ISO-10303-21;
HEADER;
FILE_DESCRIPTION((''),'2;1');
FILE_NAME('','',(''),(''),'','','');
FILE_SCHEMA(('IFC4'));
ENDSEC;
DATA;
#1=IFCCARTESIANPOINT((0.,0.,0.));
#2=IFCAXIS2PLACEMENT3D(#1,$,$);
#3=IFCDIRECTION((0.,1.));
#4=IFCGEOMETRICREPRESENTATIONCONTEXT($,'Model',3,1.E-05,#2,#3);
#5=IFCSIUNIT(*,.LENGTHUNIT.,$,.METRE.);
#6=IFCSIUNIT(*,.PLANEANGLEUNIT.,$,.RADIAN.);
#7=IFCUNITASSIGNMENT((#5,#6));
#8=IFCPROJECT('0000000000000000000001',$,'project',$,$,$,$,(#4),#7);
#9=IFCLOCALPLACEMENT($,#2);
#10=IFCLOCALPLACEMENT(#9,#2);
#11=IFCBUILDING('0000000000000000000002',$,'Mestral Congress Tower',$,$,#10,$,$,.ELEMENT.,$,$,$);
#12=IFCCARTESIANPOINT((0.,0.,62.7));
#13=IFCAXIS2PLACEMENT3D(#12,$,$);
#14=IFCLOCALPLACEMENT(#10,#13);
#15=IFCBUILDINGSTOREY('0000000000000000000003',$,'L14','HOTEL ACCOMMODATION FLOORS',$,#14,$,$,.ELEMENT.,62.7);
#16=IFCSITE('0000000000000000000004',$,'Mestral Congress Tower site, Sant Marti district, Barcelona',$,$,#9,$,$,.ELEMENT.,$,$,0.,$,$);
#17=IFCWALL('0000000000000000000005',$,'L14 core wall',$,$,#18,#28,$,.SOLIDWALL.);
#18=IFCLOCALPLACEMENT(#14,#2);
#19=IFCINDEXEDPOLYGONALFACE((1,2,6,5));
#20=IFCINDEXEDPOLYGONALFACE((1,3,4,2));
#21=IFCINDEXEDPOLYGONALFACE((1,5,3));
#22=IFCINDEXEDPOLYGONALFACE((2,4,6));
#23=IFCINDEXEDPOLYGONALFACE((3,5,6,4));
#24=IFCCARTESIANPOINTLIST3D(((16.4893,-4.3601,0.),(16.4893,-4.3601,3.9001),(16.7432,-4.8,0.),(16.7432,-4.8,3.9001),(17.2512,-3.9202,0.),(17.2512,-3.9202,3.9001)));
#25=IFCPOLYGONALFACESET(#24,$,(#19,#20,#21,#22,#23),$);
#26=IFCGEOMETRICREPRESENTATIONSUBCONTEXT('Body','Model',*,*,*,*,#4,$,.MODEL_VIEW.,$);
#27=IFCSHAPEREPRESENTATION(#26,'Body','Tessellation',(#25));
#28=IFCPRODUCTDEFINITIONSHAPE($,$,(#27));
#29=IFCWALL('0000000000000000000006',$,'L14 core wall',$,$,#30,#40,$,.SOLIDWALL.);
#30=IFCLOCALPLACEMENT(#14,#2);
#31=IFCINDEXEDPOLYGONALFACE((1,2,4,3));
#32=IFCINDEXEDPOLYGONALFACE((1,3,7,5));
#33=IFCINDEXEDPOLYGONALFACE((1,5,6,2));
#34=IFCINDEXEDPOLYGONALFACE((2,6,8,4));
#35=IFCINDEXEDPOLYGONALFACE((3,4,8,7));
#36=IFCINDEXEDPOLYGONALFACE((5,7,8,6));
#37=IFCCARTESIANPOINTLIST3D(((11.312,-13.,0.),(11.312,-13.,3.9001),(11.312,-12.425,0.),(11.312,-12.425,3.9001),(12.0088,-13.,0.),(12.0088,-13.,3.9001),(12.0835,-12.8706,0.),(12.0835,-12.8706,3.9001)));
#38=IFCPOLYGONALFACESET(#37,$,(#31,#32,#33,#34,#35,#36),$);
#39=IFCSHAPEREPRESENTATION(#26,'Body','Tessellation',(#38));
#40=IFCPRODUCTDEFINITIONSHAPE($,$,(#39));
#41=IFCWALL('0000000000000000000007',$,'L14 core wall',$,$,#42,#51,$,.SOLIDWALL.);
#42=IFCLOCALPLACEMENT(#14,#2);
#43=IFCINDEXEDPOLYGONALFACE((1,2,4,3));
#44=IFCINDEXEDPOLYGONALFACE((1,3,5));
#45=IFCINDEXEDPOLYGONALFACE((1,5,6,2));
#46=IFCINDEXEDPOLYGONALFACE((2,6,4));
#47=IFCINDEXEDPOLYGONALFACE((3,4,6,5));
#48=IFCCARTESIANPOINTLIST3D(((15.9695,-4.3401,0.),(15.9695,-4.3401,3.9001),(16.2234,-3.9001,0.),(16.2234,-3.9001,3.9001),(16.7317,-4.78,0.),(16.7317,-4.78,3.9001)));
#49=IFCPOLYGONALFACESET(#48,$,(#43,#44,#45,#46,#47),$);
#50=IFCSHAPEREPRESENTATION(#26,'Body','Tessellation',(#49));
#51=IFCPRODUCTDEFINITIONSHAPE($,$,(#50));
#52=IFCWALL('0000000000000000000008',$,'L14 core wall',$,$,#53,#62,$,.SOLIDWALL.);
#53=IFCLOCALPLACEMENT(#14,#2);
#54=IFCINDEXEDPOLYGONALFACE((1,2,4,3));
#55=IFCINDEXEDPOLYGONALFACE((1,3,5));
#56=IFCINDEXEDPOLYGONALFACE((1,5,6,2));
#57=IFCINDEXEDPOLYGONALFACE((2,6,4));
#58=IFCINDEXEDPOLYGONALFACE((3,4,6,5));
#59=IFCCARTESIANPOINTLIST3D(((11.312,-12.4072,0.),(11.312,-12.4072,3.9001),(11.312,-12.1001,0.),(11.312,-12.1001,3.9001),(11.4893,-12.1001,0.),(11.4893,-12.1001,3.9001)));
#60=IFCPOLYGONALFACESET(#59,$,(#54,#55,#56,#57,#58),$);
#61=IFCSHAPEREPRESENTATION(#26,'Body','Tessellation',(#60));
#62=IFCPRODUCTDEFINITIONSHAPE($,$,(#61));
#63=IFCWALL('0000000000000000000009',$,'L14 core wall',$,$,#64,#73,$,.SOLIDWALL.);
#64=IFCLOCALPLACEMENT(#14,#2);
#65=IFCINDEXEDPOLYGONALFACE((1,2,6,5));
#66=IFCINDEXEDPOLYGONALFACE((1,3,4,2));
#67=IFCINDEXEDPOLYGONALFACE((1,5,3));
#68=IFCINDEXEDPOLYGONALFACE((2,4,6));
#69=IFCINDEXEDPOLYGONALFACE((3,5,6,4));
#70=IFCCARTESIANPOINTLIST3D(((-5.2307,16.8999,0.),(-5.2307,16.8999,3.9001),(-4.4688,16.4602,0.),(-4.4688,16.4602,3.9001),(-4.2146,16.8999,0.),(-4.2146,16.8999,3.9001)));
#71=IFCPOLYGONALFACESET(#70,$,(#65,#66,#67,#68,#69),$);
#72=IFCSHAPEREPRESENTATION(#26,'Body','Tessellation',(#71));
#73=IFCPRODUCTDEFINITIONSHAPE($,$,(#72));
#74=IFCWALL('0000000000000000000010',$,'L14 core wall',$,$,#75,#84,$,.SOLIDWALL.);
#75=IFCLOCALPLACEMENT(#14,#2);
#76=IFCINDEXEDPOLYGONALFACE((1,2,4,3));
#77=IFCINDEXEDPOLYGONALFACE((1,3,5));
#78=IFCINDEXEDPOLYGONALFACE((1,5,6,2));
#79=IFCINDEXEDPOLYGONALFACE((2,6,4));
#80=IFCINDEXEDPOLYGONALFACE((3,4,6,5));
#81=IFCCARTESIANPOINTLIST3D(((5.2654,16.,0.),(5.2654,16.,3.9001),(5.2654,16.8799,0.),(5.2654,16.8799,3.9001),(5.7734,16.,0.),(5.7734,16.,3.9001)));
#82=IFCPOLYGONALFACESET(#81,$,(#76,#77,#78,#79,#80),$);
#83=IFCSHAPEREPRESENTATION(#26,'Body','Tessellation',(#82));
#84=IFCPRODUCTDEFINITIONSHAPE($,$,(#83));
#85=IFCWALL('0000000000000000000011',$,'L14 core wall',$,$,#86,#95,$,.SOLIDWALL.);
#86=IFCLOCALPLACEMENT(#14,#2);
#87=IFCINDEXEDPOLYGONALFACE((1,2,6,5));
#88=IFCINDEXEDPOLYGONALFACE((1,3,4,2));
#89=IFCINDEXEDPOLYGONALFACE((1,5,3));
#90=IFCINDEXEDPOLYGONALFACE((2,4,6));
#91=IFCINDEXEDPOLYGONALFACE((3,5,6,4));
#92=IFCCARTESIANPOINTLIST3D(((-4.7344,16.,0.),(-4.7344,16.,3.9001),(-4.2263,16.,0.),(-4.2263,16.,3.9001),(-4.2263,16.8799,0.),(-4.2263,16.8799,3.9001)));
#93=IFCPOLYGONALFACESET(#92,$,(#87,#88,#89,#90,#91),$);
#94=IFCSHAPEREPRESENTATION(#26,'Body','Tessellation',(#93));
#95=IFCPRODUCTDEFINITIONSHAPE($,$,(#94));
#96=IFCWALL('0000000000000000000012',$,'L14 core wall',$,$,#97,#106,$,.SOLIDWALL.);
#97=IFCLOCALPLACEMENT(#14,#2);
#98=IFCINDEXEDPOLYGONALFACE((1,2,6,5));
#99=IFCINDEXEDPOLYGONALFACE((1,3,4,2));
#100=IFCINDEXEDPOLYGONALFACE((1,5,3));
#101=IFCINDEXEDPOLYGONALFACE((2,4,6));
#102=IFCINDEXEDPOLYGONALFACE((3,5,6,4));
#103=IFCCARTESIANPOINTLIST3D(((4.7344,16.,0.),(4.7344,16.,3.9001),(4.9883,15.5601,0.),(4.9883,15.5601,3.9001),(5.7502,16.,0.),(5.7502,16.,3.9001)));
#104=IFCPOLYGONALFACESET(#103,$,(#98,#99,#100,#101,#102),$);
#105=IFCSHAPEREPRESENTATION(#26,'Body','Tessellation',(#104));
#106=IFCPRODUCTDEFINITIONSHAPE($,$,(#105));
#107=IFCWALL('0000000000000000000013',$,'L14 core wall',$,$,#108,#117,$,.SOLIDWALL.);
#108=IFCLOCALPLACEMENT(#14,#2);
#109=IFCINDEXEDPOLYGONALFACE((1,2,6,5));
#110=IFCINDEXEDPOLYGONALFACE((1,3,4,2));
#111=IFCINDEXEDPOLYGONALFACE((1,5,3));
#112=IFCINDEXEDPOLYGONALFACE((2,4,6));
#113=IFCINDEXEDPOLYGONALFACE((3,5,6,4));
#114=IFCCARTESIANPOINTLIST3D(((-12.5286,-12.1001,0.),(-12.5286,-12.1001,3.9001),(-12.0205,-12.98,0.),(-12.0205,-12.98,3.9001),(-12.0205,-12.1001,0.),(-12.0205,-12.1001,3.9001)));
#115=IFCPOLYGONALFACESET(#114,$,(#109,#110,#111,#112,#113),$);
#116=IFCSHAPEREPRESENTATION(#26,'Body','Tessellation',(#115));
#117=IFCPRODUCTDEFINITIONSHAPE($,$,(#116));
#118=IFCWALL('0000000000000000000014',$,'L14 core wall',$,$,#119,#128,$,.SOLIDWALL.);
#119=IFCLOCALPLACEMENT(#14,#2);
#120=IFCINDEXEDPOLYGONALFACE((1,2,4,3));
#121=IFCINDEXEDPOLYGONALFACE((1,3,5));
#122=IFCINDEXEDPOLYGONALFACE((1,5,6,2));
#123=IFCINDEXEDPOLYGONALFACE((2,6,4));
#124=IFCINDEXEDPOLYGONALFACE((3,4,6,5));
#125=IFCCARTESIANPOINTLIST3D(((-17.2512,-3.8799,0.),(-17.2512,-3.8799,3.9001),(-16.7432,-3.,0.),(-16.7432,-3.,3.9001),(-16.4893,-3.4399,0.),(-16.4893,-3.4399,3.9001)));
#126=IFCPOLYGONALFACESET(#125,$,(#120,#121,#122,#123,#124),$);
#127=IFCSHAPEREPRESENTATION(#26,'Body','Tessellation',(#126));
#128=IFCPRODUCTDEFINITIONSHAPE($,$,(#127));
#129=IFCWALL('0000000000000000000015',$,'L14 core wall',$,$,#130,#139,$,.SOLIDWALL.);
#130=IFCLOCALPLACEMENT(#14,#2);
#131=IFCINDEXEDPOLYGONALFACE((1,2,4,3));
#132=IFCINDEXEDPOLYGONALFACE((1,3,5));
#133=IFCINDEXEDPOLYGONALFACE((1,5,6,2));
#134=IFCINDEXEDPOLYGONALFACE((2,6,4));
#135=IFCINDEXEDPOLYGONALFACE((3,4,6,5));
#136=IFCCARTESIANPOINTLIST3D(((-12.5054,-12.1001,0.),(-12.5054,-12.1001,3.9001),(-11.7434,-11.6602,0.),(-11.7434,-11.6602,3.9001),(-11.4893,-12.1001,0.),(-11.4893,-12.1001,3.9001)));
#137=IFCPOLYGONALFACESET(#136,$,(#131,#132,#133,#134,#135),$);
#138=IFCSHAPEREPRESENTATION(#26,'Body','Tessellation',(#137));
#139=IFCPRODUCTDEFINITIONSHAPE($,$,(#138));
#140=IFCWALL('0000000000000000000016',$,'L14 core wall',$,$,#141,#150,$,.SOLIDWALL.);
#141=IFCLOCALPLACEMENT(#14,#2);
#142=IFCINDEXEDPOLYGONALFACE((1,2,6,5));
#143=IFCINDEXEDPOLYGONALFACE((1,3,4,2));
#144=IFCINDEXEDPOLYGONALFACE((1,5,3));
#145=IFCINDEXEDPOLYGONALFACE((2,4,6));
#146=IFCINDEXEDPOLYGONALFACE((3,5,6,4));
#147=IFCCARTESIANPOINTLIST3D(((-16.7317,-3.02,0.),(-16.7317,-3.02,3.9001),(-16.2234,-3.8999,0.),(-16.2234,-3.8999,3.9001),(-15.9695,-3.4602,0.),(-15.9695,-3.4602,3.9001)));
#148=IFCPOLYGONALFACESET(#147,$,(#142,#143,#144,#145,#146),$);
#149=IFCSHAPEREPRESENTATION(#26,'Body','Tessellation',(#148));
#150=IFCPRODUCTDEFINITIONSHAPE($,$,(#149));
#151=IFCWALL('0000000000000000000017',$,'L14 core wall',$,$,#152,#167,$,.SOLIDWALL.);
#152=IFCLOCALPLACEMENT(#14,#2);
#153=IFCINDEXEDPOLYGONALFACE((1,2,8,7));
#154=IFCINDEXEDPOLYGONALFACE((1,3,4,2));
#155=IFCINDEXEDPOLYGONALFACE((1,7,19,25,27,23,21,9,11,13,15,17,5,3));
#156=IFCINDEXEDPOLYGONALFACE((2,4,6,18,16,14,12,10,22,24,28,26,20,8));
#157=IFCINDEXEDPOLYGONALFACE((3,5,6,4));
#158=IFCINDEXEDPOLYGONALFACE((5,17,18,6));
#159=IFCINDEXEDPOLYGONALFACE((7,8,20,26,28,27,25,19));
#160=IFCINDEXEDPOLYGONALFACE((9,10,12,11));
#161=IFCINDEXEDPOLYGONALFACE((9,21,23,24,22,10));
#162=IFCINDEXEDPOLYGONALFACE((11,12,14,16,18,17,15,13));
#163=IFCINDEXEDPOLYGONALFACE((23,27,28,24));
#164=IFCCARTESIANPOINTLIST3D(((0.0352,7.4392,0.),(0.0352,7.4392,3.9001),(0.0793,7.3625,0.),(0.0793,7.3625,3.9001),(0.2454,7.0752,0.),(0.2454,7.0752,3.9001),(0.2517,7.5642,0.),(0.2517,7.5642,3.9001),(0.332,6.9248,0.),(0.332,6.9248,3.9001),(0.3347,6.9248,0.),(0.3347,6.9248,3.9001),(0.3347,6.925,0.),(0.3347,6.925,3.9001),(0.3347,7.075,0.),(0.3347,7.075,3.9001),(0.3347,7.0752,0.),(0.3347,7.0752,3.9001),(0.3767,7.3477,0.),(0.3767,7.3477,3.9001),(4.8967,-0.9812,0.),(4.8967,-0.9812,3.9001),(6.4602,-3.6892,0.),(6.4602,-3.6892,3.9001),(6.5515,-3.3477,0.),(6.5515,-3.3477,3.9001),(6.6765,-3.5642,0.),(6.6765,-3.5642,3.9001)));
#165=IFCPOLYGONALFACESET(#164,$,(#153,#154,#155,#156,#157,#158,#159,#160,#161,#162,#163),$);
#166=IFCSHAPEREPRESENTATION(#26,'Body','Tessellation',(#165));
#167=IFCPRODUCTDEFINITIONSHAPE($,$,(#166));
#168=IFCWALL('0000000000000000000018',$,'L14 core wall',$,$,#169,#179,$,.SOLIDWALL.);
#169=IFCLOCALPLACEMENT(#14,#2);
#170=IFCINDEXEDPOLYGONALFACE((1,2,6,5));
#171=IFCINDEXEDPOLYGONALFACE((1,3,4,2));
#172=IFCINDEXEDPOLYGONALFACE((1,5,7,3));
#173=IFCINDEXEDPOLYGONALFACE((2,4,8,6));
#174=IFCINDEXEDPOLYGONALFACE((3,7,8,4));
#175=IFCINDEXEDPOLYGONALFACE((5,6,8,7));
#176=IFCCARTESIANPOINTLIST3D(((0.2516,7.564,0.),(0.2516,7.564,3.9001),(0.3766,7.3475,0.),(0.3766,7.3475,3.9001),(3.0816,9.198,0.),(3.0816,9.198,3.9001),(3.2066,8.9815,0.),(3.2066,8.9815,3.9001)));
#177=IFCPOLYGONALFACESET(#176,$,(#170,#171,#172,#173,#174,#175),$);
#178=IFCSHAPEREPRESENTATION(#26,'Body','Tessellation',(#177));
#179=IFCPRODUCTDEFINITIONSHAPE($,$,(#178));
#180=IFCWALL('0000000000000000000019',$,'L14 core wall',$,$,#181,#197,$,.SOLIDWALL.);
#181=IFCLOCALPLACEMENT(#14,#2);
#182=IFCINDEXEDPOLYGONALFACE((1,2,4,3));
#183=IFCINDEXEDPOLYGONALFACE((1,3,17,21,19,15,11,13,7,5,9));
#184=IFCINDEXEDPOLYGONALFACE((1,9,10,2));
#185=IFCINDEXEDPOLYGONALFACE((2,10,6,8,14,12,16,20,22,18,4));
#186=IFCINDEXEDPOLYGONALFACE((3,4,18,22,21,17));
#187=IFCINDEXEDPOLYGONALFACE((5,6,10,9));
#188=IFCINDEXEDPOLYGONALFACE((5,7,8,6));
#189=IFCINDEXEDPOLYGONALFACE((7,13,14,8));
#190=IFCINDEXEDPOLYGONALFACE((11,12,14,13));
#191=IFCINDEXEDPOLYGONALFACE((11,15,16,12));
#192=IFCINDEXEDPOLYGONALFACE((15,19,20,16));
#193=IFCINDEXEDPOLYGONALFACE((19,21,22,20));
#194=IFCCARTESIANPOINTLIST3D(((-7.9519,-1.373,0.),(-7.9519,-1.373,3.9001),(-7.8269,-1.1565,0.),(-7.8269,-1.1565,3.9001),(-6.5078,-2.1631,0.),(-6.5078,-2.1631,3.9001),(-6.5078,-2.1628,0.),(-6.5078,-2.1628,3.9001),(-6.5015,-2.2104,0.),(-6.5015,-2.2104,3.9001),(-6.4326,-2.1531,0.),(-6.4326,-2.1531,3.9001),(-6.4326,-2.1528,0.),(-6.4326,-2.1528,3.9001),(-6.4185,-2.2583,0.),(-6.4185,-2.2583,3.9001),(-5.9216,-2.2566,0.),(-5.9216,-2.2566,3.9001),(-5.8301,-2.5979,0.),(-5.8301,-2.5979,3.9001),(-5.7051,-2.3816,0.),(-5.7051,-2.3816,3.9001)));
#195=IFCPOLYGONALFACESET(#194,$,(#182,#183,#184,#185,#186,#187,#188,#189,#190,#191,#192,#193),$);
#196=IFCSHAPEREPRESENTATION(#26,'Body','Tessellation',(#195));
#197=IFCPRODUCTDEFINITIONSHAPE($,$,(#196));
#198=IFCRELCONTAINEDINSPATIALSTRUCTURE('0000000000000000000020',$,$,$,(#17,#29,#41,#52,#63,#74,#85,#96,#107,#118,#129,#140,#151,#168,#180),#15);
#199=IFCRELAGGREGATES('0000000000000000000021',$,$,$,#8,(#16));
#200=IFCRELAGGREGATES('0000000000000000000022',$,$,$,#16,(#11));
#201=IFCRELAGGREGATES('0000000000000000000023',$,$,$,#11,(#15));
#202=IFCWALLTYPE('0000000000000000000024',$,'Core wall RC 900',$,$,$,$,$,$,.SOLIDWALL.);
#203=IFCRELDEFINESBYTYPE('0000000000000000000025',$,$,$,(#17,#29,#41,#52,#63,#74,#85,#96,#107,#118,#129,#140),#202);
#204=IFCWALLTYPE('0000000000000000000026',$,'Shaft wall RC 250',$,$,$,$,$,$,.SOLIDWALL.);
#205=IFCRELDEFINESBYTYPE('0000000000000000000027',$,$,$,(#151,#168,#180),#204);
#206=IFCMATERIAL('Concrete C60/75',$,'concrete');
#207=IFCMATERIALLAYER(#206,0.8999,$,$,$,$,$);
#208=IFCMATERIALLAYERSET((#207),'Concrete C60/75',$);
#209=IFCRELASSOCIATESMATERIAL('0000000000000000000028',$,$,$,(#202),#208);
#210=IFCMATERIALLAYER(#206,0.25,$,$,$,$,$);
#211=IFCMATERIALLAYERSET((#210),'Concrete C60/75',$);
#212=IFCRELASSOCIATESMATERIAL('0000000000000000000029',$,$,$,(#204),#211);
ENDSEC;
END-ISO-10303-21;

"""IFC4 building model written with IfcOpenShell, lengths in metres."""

from ifc_helpers import new_model, si_unit, direction, frame, frame_2d, origin, place, context, subcontext, project, spatial, polyline, rectangle, outline, extrude, material, layer, layer_set, type_object, element, save


model = new_model("IFC4")

# Units and contexts
model_context = context("Model", 3, precision=1e-05, world=origin(), true_north=direction((0.0, 1.0)))
body_context = subcontext(model_context, "Body", "Model", "MODEL_VIEW")
ifc_project = project(units=[si_unit("LENGTHUNIT", "METRE"), si_unit("PLANEANGLEUNIT", "RADIAN")], contexts=[model_context])

# Site, building, storey
site_placement = place(None, origin())
site = spatial("IfcSite", under=ifc_project, at=site_placement, Name="Mestral Congress Tower site, Sant Marti district, Barcelona", CompositionType="ELEMENT", RefElevation=0.0)
building_placement = place(site_placement, origin())
building = spatial("IfcBuilding", under=site, at=building_placement, Name="Mestral Congress Tower", CompositionType="ELEMENT")
storey_placement = place(building_placement, frame((0.0, 0.0, 62.7)))
storey = spatial("IfcBuildingStorey", under=building, at=storey_placement, Name="L14", Description="HOTEL ACCOMMODATION FLOORS", CompositionType="ELEMENT", Elevation=62.7)

# Shared definitions
ifc_material_1 = material(Name="Concrete C60/75", Category="concrete")

# Shared definitions
placement_1 = place(storey_placement, origin())

# Walls
ifc_layer_1 = layer(ifc_material_1, 0.8999)
ifc_layer_set_1 = layer_set([ifc_layer_1], Name="Concrete C60/75")
wall_type_1 = type_object("IfcWallType", Name="Core wall RC 900", PredefinedType="SOLIDWALL", material=ifc_layer_set_1)
element("IfcWall", 1, at=placement_1, inside=storey, type_object=wall_type_1, Name="L14 core wall", PredefinedType="SOLIDWALL", context=body_context, shape_type="SweptSolid", body=[
    extrude(outline(polyline([(16.7432, -4.8), (16.4893, -4.3601), (17.2512, -3.9202), (16.7432, -4.8)])), origin(), (0.0, 0.0, 1.0), 3.9001),
])
element("IfcWall", 2, at=placement_1, inside=storey, type_object=wall_type_1, Name="L14 core wall", PredefinedType="SOLIDWALL", context=body_context, shape_type="SweptSolid", body=[
    extrude(outline(polyline([(12.0088, -13.0), (11.312, -13.0), (11.312, -12.425), (12.0835, -12.8706), (12.0088, -13.0)])), origin(), (0.0, 0.0, 1.0), 3.9001),
])
element("IfcWall", 3, at=placement_1, inside=storey, type_object=wall_type_1, Name="L14 core wall", PredefinedType="SOLIDWALL", context=body_context, shape_type="SweptSolid", body=[
    extrude(outline(polyline([(16.2234, -3.9001), (16.7317, -4.78), (15.9695, -4.3401), (16.2234, -3.9001)])), origin(), (0.0, 0.0, 1.0), 3.9001),
])
element("IfcWall", 4, at=placement_1, inside=storey, type_object=wall_type_1, Name="L14 core wall", PredefinedType="SOLIDWALL", context=body_context, shape_type="SweptSolid", body=[
    extrude(outline(polyline([(11.4893, -12.1001), (11.312, -12.4072), (11.312, -12.1001), (11.4893, -12.1001)])), origin(), (0.0, 0.0, 1.0), 3.9001),
])
element("IfcWall", 5, at=placement_1, inside=storey, type_object=wall_type_1, Name="L14 core wall", PredefinedType="SOLIDWALL", context=body_context, shape_type="SweptSolid", body=[
    extrude(outline(polyline([(-4.2146, 16.8999), (-4.4688, 16.4602), (-5.2307, 16.8999), (-4.2146, 16.8999)])), origin(), (0.0, 0.0, 1.0), 3.9001),
])
element("IfcWall", 6, at=placement_1, inside=storey, type_object=wall_type_1, Name="L14 core wall", PredefinedType="SOLIDWALL", context=body_context, shape_type="SweptSolid", body=[
    extrude(outline(polyline([(5.2654, 16.0), (5.2654, 16.8799), (5.7734, 16.0), (5.2654, 16.0)])), origin(), (0.0, 0.0, 1.0), 3.9001),
])
element("IfcWall", 7, at=placement_1, inside=storey, type_object=wall_type_1, Name="L14 core wall", PredefinedType="SOLIDWALL", context=body_context, shape_type="SweptSolid", body=[
    extrude(outline(polyline([(-4.7344, 16.0), (-4.2263, 16.8799), (-4.2263, 16.0), (-4.7344, 16.0)])), origin(), (0.0, 0.0, 1.0), 3.9001),
])
element("IfcWall", 8, at=placement_1, inside=storey, type_object=wall_type_1, Name="L14 core wall", PredefinedType="SOLIDWALL", context=body_context, shape_type="SweptSolid", body=[
    extrude(outline(polyline([(4.7344, 16.0), (5.7502, 16.0), (4.9883, 15.5601), (4.7344, 16.0)])), origin(), (0.0, 0.0, 1.0), 3.9001),
])
element("IfcWall", 9, at=placement_1, inside=storey, type_object=wall_type_1, Name="L14 core wall", PredefinedType="SOLIDWALL", context=body_context, shape_type="SweptSolid", body=[
    extrude(outline(polyline([(-12.5286, -12.1001), (-12.0205, -12.1001), (-12.0205, -12.98), (-12.5286, -12.1001)])), origin(), (0.0, 0.0, 1.0), 3.9001),
])
element("IfcWall", 10, at=placement_1, inside=storey, type_object=wall_type_1, Name="L14 core wall", PredefinedType="SOLIDWALL", context=body_context, shape_type="SweptSolid", body=[
    extrude(outline(polyline([(-16.4893, -3.4399), (-17.2512, -3.8799), (-16.7432, -3.0), (-16.4893, -3.4399)])), origin(), (0.0, 0.0, 1.0), 3.9001),
])
element("IfcWall", 11, at=placement_1, inside=storey, type_object=wall_type_1, Name="L14 core wall", PredefinedType="SOLIDWALL", context=body_context, shape_type="SweptSolid", body=[
    extrude(outline(polyline([(-11.4893, -12.1001), (-12.5054, -12.1001), (-11.7434, -11.6602), (-11.4893, -12.1001)])), origin(), (0.0, 0.0, 1.0), 3.9001),
])
element("IfcWall", 12, at=placement_1, inside=storey, type_object=wall_type_1, Name="L14 core wall", PredefinedType="SOLIDWALL", context=body_context, shape_type="SweptSolid", body=[
    extrude(outline(polyline([(-16.2234, -3.8999), (-16.7317, -3.02), (-15.9695, -3.4602), (-16.2234, -3.8999)])), origin(), (0.0, 0.0, 1.0), 3.9001),
])
ifc_layer_2 = layer(ifc_material_1, 0.25)
ifc_layer_set_2 = layer_set([ifc_layer_2], Name="Concrete C60/75")
wall_type_2 = type_object("IfcWallType", Name="Shaft wall RC 250", PredefinedType="SOLIDWALL", material=ifc_layer_set_2)
element("IfcWall", 13, at=placement_1, inside=storey, type_object=wall_type_2, Name="L14 core wall", PredefinedType="SOLIDWALL", context=body_context, shape_type="SweptSolid", body=[
    extrude(outline(polyline([(0.3347, 6.925), (0.3347, 6.925), (0.3347, 7.075), (0.3347, 7.075), (0.3347, 7.0752), (0.2454, 7.0752), (0.0793, 7.3625), (0.0352, 7.4392), (0.2517, 7.5642), (0.3767, 7.3477), (6.5515, -3.3477), (6.6765, -3.5642), (6.4602, -3.6892), (4.8967, -0.9812), (0.332, 6.9248), (0.3347, 6.9248), (0.3347, 6.925)])), origin(), (0.0, 0.0, 1.0), 3.9001),
])
wall_1_placement = place(storey_placement, frame((0.3142, 7.4558, 0.0), z_axis=(0.0, 0.0, 1.0), x_axis=(0.866014, 0.50002, 0.0)))
element("IfcWall", 14, at=wall_1_placement, inside=storey, type_object=wall_type_2, Name="L14 core wall", PredefinedType="SOLIDWALL", context=body_context, shape_type="SweptSolid", body=[
    extrude(rectangle(XDim=3.2678, YDim=0.25, at=frame_2d((1.6338, 0.0))), origin(), (0.0, 0.0, 1.0), 3.9001),
])
element("IfcWall", 15, at=placement_1, inside=storey, type_object=wall_type_2, Name="L14 core wall", PredefinedType="SOLIDWALL", context=body_context, shape_type="SweptSolid", body=[
    extrude(outline(polyline([(-5.9216, -2.2566), (-5.9216, -2.2566), (-5.7051, -2.3816), (-5.8301, -2.5979), (-6.4185, -2.2583), (-6.4326, -2.1531), (-6.4326, -2.1528), (-6.4326, -2.1528), (-6.5078, -2.1628), (-6.5078, -2.1628), (-6.5078, -2.1631), (-6.5015, -2.2104), (-7.9519, -1.373), (-7.8269, -1.1565), (-5.9216, -2.2566)])), origin(), (0.0, 0.0, 1.0), 3.9001),
])

save(model, "model.ifc")
